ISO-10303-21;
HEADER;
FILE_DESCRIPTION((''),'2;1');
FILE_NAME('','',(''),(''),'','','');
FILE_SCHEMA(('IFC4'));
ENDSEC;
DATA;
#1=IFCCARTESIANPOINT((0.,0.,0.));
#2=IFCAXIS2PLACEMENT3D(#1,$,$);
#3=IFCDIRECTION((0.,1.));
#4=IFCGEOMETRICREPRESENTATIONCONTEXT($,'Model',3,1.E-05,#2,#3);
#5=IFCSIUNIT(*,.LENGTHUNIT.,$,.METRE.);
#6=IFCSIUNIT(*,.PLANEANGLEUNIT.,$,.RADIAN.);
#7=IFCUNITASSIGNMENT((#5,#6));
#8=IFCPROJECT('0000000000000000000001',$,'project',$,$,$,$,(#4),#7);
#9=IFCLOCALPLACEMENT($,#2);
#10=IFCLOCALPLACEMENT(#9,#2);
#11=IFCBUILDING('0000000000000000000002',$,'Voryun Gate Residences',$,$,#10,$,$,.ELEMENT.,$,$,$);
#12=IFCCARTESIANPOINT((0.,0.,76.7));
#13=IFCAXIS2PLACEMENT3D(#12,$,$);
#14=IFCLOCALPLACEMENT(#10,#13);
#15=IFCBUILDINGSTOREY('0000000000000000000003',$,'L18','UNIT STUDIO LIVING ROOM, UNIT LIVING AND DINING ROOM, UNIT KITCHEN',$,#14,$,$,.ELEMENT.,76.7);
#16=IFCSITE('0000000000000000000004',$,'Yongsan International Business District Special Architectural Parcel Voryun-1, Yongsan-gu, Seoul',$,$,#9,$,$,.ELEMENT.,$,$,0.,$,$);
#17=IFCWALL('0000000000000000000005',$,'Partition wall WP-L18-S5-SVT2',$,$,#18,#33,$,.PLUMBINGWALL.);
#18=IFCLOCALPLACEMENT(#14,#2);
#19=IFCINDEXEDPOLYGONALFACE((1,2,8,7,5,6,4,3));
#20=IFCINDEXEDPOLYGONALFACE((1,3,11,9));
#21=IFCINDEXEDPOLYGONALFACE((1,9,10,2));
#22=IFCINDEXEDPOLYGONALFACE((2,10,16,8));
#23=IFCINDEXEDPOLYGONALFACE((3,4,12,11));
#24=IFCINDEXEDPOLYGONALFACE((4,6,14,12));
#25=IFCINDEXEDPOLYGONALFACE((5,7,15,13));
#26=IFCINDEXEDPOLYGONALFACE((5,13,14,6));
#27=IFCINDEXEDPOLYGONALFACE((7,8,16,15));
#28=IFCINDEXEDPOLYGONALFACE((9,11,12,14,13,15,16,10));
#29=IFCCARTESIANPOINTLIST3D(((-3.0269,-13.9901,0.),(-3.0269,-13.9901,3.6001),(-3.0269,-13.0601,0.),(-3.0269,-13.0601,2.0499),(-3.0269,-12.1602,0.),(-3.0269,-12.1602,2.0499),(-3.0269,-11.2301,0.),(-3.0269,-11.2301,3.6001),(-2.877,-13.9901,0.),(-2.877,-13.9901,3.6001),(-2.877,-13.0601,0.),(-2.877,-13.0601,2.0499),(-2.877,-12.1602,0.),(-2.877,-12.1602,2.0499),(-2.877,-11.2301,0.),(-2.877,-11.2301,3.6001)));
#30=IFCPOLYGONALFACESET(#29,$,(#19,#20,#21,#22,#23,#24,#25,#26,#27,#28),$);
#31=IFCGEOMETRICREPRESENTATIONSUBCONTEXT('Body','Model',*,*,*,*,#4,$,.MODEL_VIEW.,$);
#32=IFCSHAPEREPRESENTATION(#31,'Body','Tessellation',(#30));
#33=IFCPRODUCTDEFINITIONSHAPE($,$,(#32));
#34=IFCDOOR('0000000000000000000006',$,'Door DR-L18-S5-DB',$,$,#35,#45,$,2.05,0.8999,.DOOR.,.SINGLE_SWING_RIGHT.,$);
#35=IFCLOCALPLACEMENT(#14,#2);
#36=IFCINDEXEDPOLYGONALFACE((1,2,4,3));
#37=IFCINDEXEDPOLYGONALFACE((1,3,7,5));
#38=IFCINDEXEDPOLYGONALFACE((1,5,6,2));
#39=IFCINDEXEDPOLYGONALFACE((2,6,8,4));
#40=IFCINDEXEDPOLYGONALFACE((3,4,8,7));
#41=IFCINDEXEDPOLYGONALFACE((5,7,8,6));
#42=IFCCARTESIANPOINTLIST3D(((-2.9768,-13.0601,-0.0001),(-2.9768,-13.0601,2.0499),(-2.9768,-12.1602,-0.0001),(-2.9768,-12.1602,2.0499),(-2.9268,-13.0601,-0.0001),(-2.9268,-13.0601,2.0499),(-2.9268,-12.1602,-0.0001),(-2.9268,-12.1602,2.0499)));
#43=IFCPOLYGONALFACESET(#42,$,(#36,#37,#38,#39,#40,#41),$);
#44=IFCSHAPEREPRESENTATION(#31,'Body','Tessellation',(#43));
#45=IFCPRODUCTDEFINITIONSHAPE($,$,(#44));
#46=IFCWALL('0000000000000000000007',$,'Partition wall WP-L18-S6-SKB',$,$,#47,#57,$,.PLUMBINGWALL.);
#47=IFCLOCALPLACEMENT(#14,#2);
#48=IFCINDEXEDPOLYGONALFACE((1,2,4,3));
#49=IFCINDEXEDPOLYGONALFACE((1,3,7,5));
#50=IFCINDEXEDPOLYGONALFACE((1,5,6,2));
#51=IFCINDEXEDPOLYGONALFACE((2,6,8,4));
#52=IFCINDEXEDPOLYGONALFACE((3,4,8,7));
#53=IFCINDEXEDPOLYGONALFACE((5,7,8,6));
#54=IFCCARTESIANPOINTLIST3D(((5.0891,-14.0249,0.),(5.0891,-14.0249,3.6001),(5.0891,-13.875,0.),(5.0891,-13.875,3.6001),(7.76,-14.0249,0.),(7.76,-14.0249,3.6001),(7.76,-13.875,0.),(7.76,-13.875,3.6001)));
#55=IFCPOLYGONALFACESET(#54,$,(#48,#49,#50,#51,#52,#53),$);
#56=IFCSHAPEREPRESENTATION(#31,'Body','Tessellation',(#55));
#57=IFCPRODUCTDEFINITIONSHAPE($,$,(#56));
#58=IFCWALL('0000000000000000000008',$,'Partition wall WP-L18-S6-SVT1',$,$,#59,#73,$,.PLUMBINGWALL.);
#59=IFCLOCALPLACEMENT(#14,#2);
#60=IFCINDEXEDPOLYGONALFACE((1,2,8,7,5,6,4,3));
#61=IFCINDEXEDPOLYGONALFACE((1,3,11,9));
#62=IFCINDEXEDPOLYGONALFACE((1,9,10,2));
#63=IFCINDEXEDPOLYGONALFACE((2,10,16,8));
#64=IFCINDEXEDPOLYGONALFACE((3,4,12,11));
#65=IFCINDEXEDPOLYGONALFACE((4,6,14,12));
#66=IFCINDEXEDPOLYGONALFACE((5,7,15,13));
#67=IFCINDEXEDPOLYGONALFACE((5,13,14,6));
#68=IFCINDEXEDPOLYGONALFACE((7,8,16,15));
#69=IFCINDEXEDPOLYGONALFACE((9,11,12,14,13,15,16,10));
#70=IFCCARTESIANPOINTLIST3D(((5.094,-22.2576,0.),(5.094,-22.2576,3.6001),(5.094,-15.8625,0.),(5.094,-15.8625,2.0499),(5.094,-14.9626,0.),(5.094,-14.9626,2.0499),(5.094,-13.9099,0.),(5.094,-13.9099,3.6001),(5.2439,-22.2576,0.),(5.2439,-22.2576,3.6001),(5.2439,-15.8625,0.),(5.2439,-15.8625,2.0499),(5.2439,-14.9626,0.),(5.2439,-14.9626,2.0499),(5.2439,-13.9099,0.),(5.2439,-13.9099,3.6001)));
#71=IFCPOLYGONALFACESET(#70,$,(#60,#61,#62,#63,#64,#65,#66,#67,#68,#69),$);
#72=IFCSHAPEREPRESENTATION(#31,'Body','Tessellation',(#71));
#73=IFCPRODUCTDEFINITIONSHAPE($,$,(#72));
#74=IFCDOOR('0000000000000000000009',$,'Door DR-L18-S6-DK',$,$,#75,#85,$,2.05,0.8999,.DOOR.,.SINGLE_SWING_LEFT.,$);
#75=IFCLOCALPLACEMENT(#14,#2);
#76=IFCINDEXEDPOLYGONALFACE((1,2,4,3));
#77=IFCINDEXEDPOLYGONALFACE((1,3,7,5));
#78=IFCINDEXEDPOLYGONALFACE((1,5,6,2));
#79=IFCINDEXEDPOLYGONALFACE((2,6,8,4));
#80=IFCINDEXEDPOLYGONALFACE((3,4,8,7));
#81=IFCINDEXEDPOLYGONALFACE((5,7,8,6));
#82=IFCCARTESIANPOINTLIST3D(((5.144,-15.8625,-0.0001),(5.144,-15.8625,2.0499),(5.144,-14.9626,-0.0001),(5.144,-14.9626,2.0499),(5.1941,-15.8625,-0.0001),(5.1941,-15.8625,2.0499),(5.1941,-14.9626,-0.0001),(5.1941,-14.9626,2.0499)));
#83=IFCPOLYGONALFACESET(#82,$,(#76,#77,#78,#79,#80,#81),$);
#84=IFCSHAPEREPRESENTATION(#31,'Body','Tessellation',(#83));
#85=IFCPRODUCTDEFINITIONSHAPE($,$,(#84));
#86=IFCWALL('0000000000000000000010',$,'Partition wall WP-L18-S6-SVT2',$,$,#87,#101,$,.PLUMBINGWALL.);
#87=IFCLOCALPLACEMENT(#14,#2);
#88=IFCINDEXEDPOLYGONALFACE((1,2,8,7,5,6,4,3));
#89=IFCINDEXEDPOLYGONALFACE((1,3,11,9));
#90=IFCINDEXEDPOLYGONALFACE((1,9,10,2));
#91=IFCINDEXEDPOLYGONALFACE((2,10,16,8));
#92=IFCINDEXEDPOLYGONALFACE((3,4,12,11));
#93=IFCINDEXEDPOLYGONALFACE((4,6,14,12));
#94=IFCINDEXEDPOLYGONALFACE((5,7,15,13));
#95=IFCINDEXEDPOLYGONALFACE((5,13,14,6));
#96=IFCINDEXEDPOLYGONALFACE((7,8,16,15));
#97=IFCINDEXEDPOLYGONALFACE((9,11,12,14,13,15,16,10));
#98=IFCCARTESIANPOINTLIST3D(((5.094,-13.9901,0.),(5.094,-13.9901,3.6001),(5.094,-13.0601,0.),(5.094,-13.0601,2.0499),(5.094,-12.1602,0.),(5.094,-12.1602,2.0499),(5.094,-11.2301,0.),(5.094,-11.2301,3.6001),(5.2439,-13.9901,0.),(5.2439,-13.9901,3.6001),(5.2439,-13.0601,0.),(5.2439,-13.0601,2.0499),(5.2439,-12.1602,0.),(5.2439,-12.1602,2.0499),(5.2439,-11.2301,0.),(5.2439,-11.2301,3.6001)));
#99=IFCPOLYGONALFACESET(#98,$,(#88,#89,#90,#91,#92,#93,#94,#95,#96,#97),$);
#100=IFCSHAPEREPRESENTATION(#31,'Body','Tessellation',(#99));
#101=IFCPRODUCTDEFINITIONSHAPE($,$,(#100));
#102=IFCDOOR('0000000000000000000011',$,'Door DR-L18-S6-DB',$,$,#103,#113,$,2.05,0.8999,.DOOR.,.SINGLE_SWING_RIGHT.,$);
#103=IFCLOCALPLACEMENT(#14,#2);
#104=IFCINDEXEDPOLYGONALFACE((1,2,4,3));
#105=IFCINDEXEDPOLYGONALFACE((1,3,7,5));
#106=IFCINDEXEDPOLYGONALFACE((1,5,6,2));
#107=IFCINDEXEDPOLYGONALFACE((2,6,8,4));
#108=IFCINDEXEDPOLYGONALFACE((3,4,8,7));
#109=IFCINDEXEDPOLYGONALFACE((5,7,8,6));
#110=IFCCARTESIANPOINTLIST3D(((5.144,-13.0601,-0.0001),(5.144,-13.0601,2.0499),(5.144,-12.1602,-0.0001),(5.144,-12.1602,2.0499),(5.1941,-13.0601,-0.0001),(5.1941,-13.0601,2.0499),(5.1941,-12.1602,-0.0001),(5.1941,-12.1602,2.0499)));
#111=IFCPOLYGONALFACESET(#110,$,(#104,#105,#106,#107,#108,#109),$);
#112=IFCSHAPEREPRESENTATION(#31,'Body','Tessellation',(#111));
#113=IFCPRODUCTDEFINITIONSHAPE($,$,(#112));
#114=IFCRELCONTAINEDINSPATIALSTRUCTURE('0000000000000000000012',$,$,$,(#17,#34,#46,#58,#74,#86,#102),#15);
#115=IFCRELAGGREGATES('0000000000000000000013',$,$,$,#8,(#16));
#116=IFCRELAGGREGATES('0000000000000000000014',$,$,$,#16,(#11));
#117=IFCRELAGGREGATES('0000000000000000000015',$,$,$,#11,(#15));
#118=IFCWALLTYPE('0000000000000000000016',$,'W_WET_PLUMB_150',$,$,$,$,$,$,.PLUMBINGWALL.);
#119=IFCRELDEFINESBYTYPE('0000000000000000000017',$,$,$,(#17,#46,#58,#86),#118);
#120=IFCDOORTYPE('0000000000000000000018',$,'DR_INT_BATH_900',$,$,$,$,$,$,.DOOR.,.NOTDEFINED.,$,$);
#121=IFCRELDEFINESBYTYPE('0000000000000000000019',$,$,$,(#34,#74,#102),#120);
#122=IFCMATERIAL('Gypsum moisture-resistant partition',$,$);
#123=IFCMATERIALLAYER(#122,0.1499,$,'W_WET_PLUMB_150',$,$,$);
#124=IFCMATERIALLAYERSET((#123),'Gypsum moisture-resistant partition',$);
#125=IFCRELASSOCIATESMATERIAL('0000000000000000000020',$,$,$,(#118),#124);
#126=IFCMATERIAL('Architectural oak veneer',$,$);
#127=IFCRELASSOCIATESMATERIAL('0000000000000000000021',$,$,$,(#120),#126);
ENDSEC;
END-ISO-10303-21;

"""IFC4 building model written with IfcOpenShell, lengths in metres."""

from ifc_helpers import new_model, si_unit, direction, frame, frame_2d, origin, place, context, subcontext, project, spatial, rectangle, extrude, material, layer, layer_set, type_object, element, fill, save


model = new_model("IFC4")

# Units and contexts
model_context = context("Model", 3, precision=1e-05, world=origin(), true_north=direction((0.0, 1.0)))
body_context = subcontext(model_context, "Body", "Model", "MODEL_VIEW")
ifc_project = project(units=[si_unit("LENGTHUNIT", "METRE"), si_unit("PLANEANGLEUNIT", "RADIAN")], contexts=[model_context])

# Site, building, storey
site_placement = place(None, origin())
site = spatial("IfcSite", under=ifc_project, at=site_placement, Name="Yongsan International Business District Special Architectural Parcel Voryun-1, Yongsan-gu, Seoul", CompositionType="ELEMENT", RefElevation=0.0)
building_placement = place(site_placement, origin())
building = spatial("IfcBuilding", under=site, at=building_placement, Name="Voryun Gate Residences", CompositionType="ELEMENT")
storey_placement = place(building_placement, frame((0.0, 0.0, 76.7)))
storey = spatial("IfcBuildingStorey", under=building, at=storey_placement, Name="L18", Description="UNIT STUDIO LIVING ROOM, UNIT LIVING AND DINING ROOM, UNIT KITCHEN", CompositionType="ELEMENT", Elevation=76.7)

# Wall, opening, door
ifc_material_1 = material(Name="Gypsum moisture-resistant partition")
ifc_layer_1 = layer(ifc_material_1, 0.1499, Name="W_WET_PLUMB_150")
ifc_layer_set_1 = layer_set([ifc_layer_1], Name="Gypsum moisture-resistant partition")
wall_type_1 = type_object("IfcWallType", Name="W_WET_PLUMB_150", PredefinedType="PLUMBINGWALL", material=ifc_layer_set_1)
ifc_material_2 = material(Name="Architectural oak veneer")
door_type_1 = type_object("IfcDoorType", Name="DR_INT_BATH_900", OperationType="NOTDEFINED", PredefinedType="DOOR", material=ifc_material_2)
wall_1_placement = place(storey_placement, frame((-2.9519, -13.99, 0.0), z_axis=(0.0, 0.0, 1.0), x_axis=(0.0, 1.0, 0.0)))
wall_1 = element("IfcWall", 1, at=wall_1_placement, inside=storey, type_object=wall_type_1, Name="Partition wall WP-L18-S5-SVT2", PredefinedType="PLUMBINGWALL", context=body_context, shape_type="SweptSolid", body=[
    extrude(rectangle(XDim=2.76, YDim=0.1499, at=frame_2d((1.3799, 0.0))), origin(), (0.0, 0.0, 1.0), 3.6001),
])
opening_1_placement = place(wall_1_placement, frame((0.9299, 0.0, 0.0)))
opening_1 = element("IfcOpeningElement", 2, at=opening_1_placement, cuts=wall_1, PredefinedType="OPENING", context=body_context, shape_type="SweptSolid", body=[
    extrude(rectangle(XDim=0.8999, YDim=2.05, at=frame_2d((0.45, 1.0249))), frame((0.0, 0.085, 0.0), z_axis=(0.0, -1.0, 0.0), x_axis=(1.0, 0.0, 0.0)), (0.0, 0.0, 1.0), 0.1699),
])
door_1_placement = place(opening_1_placement, origin())
door_1 = element("IfcDoor", 3, at=door_1_placement, inside=storey, type_object=door_type_1, Name="Door DR-L18-S5-DB", OperationType="SINGLE_SWING_RIGHT", OverallHeight=2.05, OverallWidth=0.8999, PredefinedType="DOOR", context=body_context, shape_type="SweptSolid", body=[
    extrude(rectangle(XDim=0.8999, YDim=2.05, at=frame_2d((0.45, 1.0249))), frame((0.0, 0.0249, 0.0), z_axis=(0.0, -1.0, 0.0), x_axis=(1.0, 0.0, 0.0)), (0.0, 0.0, 1.0), 0.05),
])
fill(opening_1, door_1)

# Wall
wall_2_placement = place(storey_placement, frame((5.0891, -13.95, 0.0), z_axis=(0.0, 0.0, 1.0), x_axis=(1.0, 0.0, 0.0)))
element("IfcWall", 4, at=wall_2_placement, inside=storey, type_object=wall_type_1, Name="Partition wall WP-L18-S6-SKB", PredefinedType="PLUMBINGWALL", context=body_context, shape_type="SweptSolid", body=[
    extrude(rectangle(XDim=2.6709, YDim=0.1499, at=frame_2d((1.3354, 0.0))), origin(), (0.0, 0.0, 1.0), 3.6001),
])

# Walls, openings, doors
wall_3_placement = place(storey_placement, frame((5.1689, -22.2576, 0.0), z_axis=(0.0, 0.0, 1.0), x_axis=(0.0, 1.0, 0.0)))
wall_3 = element("IfcWall", 5, at=wall_3_placement, inside=storey, type_object=wall_type_1, Name="Partition wall WP-L18-S6-SVT1", PredefinedType="PLUMBINGWALL", context=body_context, shape_type="SweptSolid", body=[
    extrude(rectangle(XDim=8.3477, YDim=0.1499, at=frame_2d((4.1738, 0.0))), origin(), (0.0, 0.0, 1.0), 3.6001),
])
opening_2_placement = place(wall_3_placement, frame((6.395, 0.0, 0.0)))
opening_2 = element("IfcOpeningElement", 6, at=opening_2_placement, cuts=wall_3, PredefinedType="OPENING", context=body_context, shape_type="SweptSolid", body=[
    extrude(rectangle(XDim=0.8999, YDim=2.05, at=frame_2d((0.45, 1.0249))), frame((0.0, 0.085, 0.0), z_axis=(0.0, -1.0, 0.0), x_axis=(1.0, 0.0, 0.0)), (0.0, 0.0, 1.0), 0.1699),
])
door_2_placement = place(opening_2_placement, origin())
door_2 = element("IfcDoor", 7, at=door_2_placement, inside=storey, type_object=door_type_1, Name="Door DR-L18-S6-DK", OperationType="SINGLE_SWING_LEFT", OverallHeight=2.05, OverallWidth=0.8999, PredefinedType="DOOR", context=body_context, shape_type="SweptSolid", body=[
    extrude(rectangle(XDim=0.8999, YDim=2.05, at=frame_2d((0.45, 1.0249))), frame((0.0, 0.0249, 0.0), z_axis=(0.0, -1.0, 0.0), x_axis=(1.0, 0.0, 0.0)), (0.0, 0.0, 1.0), 0.05),
])
fill(opening_2, door_2)
wall_4_placement = place(storey_placement, frame((5.1689, -13.99, 0.0), z_axis=(0.0, 0.0, 1.0), x_axis=(0.0, 1.0, 0.0)))
wall_4 = element("IfcWall", 8, at=wall_4_placement, inside=storey, type_object=wall_type_1, Name="Partition wall WP-L18-S6-SVT2", PredefinedType="PLUMBINGWALL", context=body_context, shape_type="SweptSolid", body=[
    extrude(rectangle(XDim=2.76, YDim=0.1499, at=frame_2d((1.3799, 0.0))), origin(), (0.0, 0.0, 1.0), 3.6001),
])
opening_3_placement = place(wall_4_placement, frame((0.9299, 0.0, 0.0)))
opening_3 = element("IfcOpeningElement", 9, at=opening_3_placement, cuts=wall_4, PredefinedType="OPENING", context=body_context, shape_type="SweptSolid", body=[
    extrude(rectangle(XDim=0.8999, YDim=2.05, at=frame_2d((0.45, 1.0249))), frame((0.0, 0.085, 0.0), z_axis=(0.0, -1.0, 0.0), x_axis=(1.0, 0.0, 0.0)), (0.0, 0.0, 1.0), 0.1699),
])
door_3_placement = place(opening_3_placement, origin())
door_3 = element("IfcDoor", 10, at=door_3_placement, inside=storey, type_object=door_type_1, Name="Door DR-L18-S6-DB", OperationType="SINGLE_SWING_RIGHT", OverallHeight=2.05, OverallWidth=0.8999, PredefinedType="DOOR", context=body_context, shape_type="SweptSolid", body=[
    extrude(rectangle(XDim=0.8999, YDim=2.05, at=frame_2d((0.45, 1.0249))), frame((0.0, 0.0249, 0.0), z_axis=(0.0, -1.0, 0.0), x_axis=(1.0, 0.0, 0.0)), (0.0, 0.0, 1.0), 0.05),
])
fill(opening_3, door_3)

save(model, "model.ifc")
